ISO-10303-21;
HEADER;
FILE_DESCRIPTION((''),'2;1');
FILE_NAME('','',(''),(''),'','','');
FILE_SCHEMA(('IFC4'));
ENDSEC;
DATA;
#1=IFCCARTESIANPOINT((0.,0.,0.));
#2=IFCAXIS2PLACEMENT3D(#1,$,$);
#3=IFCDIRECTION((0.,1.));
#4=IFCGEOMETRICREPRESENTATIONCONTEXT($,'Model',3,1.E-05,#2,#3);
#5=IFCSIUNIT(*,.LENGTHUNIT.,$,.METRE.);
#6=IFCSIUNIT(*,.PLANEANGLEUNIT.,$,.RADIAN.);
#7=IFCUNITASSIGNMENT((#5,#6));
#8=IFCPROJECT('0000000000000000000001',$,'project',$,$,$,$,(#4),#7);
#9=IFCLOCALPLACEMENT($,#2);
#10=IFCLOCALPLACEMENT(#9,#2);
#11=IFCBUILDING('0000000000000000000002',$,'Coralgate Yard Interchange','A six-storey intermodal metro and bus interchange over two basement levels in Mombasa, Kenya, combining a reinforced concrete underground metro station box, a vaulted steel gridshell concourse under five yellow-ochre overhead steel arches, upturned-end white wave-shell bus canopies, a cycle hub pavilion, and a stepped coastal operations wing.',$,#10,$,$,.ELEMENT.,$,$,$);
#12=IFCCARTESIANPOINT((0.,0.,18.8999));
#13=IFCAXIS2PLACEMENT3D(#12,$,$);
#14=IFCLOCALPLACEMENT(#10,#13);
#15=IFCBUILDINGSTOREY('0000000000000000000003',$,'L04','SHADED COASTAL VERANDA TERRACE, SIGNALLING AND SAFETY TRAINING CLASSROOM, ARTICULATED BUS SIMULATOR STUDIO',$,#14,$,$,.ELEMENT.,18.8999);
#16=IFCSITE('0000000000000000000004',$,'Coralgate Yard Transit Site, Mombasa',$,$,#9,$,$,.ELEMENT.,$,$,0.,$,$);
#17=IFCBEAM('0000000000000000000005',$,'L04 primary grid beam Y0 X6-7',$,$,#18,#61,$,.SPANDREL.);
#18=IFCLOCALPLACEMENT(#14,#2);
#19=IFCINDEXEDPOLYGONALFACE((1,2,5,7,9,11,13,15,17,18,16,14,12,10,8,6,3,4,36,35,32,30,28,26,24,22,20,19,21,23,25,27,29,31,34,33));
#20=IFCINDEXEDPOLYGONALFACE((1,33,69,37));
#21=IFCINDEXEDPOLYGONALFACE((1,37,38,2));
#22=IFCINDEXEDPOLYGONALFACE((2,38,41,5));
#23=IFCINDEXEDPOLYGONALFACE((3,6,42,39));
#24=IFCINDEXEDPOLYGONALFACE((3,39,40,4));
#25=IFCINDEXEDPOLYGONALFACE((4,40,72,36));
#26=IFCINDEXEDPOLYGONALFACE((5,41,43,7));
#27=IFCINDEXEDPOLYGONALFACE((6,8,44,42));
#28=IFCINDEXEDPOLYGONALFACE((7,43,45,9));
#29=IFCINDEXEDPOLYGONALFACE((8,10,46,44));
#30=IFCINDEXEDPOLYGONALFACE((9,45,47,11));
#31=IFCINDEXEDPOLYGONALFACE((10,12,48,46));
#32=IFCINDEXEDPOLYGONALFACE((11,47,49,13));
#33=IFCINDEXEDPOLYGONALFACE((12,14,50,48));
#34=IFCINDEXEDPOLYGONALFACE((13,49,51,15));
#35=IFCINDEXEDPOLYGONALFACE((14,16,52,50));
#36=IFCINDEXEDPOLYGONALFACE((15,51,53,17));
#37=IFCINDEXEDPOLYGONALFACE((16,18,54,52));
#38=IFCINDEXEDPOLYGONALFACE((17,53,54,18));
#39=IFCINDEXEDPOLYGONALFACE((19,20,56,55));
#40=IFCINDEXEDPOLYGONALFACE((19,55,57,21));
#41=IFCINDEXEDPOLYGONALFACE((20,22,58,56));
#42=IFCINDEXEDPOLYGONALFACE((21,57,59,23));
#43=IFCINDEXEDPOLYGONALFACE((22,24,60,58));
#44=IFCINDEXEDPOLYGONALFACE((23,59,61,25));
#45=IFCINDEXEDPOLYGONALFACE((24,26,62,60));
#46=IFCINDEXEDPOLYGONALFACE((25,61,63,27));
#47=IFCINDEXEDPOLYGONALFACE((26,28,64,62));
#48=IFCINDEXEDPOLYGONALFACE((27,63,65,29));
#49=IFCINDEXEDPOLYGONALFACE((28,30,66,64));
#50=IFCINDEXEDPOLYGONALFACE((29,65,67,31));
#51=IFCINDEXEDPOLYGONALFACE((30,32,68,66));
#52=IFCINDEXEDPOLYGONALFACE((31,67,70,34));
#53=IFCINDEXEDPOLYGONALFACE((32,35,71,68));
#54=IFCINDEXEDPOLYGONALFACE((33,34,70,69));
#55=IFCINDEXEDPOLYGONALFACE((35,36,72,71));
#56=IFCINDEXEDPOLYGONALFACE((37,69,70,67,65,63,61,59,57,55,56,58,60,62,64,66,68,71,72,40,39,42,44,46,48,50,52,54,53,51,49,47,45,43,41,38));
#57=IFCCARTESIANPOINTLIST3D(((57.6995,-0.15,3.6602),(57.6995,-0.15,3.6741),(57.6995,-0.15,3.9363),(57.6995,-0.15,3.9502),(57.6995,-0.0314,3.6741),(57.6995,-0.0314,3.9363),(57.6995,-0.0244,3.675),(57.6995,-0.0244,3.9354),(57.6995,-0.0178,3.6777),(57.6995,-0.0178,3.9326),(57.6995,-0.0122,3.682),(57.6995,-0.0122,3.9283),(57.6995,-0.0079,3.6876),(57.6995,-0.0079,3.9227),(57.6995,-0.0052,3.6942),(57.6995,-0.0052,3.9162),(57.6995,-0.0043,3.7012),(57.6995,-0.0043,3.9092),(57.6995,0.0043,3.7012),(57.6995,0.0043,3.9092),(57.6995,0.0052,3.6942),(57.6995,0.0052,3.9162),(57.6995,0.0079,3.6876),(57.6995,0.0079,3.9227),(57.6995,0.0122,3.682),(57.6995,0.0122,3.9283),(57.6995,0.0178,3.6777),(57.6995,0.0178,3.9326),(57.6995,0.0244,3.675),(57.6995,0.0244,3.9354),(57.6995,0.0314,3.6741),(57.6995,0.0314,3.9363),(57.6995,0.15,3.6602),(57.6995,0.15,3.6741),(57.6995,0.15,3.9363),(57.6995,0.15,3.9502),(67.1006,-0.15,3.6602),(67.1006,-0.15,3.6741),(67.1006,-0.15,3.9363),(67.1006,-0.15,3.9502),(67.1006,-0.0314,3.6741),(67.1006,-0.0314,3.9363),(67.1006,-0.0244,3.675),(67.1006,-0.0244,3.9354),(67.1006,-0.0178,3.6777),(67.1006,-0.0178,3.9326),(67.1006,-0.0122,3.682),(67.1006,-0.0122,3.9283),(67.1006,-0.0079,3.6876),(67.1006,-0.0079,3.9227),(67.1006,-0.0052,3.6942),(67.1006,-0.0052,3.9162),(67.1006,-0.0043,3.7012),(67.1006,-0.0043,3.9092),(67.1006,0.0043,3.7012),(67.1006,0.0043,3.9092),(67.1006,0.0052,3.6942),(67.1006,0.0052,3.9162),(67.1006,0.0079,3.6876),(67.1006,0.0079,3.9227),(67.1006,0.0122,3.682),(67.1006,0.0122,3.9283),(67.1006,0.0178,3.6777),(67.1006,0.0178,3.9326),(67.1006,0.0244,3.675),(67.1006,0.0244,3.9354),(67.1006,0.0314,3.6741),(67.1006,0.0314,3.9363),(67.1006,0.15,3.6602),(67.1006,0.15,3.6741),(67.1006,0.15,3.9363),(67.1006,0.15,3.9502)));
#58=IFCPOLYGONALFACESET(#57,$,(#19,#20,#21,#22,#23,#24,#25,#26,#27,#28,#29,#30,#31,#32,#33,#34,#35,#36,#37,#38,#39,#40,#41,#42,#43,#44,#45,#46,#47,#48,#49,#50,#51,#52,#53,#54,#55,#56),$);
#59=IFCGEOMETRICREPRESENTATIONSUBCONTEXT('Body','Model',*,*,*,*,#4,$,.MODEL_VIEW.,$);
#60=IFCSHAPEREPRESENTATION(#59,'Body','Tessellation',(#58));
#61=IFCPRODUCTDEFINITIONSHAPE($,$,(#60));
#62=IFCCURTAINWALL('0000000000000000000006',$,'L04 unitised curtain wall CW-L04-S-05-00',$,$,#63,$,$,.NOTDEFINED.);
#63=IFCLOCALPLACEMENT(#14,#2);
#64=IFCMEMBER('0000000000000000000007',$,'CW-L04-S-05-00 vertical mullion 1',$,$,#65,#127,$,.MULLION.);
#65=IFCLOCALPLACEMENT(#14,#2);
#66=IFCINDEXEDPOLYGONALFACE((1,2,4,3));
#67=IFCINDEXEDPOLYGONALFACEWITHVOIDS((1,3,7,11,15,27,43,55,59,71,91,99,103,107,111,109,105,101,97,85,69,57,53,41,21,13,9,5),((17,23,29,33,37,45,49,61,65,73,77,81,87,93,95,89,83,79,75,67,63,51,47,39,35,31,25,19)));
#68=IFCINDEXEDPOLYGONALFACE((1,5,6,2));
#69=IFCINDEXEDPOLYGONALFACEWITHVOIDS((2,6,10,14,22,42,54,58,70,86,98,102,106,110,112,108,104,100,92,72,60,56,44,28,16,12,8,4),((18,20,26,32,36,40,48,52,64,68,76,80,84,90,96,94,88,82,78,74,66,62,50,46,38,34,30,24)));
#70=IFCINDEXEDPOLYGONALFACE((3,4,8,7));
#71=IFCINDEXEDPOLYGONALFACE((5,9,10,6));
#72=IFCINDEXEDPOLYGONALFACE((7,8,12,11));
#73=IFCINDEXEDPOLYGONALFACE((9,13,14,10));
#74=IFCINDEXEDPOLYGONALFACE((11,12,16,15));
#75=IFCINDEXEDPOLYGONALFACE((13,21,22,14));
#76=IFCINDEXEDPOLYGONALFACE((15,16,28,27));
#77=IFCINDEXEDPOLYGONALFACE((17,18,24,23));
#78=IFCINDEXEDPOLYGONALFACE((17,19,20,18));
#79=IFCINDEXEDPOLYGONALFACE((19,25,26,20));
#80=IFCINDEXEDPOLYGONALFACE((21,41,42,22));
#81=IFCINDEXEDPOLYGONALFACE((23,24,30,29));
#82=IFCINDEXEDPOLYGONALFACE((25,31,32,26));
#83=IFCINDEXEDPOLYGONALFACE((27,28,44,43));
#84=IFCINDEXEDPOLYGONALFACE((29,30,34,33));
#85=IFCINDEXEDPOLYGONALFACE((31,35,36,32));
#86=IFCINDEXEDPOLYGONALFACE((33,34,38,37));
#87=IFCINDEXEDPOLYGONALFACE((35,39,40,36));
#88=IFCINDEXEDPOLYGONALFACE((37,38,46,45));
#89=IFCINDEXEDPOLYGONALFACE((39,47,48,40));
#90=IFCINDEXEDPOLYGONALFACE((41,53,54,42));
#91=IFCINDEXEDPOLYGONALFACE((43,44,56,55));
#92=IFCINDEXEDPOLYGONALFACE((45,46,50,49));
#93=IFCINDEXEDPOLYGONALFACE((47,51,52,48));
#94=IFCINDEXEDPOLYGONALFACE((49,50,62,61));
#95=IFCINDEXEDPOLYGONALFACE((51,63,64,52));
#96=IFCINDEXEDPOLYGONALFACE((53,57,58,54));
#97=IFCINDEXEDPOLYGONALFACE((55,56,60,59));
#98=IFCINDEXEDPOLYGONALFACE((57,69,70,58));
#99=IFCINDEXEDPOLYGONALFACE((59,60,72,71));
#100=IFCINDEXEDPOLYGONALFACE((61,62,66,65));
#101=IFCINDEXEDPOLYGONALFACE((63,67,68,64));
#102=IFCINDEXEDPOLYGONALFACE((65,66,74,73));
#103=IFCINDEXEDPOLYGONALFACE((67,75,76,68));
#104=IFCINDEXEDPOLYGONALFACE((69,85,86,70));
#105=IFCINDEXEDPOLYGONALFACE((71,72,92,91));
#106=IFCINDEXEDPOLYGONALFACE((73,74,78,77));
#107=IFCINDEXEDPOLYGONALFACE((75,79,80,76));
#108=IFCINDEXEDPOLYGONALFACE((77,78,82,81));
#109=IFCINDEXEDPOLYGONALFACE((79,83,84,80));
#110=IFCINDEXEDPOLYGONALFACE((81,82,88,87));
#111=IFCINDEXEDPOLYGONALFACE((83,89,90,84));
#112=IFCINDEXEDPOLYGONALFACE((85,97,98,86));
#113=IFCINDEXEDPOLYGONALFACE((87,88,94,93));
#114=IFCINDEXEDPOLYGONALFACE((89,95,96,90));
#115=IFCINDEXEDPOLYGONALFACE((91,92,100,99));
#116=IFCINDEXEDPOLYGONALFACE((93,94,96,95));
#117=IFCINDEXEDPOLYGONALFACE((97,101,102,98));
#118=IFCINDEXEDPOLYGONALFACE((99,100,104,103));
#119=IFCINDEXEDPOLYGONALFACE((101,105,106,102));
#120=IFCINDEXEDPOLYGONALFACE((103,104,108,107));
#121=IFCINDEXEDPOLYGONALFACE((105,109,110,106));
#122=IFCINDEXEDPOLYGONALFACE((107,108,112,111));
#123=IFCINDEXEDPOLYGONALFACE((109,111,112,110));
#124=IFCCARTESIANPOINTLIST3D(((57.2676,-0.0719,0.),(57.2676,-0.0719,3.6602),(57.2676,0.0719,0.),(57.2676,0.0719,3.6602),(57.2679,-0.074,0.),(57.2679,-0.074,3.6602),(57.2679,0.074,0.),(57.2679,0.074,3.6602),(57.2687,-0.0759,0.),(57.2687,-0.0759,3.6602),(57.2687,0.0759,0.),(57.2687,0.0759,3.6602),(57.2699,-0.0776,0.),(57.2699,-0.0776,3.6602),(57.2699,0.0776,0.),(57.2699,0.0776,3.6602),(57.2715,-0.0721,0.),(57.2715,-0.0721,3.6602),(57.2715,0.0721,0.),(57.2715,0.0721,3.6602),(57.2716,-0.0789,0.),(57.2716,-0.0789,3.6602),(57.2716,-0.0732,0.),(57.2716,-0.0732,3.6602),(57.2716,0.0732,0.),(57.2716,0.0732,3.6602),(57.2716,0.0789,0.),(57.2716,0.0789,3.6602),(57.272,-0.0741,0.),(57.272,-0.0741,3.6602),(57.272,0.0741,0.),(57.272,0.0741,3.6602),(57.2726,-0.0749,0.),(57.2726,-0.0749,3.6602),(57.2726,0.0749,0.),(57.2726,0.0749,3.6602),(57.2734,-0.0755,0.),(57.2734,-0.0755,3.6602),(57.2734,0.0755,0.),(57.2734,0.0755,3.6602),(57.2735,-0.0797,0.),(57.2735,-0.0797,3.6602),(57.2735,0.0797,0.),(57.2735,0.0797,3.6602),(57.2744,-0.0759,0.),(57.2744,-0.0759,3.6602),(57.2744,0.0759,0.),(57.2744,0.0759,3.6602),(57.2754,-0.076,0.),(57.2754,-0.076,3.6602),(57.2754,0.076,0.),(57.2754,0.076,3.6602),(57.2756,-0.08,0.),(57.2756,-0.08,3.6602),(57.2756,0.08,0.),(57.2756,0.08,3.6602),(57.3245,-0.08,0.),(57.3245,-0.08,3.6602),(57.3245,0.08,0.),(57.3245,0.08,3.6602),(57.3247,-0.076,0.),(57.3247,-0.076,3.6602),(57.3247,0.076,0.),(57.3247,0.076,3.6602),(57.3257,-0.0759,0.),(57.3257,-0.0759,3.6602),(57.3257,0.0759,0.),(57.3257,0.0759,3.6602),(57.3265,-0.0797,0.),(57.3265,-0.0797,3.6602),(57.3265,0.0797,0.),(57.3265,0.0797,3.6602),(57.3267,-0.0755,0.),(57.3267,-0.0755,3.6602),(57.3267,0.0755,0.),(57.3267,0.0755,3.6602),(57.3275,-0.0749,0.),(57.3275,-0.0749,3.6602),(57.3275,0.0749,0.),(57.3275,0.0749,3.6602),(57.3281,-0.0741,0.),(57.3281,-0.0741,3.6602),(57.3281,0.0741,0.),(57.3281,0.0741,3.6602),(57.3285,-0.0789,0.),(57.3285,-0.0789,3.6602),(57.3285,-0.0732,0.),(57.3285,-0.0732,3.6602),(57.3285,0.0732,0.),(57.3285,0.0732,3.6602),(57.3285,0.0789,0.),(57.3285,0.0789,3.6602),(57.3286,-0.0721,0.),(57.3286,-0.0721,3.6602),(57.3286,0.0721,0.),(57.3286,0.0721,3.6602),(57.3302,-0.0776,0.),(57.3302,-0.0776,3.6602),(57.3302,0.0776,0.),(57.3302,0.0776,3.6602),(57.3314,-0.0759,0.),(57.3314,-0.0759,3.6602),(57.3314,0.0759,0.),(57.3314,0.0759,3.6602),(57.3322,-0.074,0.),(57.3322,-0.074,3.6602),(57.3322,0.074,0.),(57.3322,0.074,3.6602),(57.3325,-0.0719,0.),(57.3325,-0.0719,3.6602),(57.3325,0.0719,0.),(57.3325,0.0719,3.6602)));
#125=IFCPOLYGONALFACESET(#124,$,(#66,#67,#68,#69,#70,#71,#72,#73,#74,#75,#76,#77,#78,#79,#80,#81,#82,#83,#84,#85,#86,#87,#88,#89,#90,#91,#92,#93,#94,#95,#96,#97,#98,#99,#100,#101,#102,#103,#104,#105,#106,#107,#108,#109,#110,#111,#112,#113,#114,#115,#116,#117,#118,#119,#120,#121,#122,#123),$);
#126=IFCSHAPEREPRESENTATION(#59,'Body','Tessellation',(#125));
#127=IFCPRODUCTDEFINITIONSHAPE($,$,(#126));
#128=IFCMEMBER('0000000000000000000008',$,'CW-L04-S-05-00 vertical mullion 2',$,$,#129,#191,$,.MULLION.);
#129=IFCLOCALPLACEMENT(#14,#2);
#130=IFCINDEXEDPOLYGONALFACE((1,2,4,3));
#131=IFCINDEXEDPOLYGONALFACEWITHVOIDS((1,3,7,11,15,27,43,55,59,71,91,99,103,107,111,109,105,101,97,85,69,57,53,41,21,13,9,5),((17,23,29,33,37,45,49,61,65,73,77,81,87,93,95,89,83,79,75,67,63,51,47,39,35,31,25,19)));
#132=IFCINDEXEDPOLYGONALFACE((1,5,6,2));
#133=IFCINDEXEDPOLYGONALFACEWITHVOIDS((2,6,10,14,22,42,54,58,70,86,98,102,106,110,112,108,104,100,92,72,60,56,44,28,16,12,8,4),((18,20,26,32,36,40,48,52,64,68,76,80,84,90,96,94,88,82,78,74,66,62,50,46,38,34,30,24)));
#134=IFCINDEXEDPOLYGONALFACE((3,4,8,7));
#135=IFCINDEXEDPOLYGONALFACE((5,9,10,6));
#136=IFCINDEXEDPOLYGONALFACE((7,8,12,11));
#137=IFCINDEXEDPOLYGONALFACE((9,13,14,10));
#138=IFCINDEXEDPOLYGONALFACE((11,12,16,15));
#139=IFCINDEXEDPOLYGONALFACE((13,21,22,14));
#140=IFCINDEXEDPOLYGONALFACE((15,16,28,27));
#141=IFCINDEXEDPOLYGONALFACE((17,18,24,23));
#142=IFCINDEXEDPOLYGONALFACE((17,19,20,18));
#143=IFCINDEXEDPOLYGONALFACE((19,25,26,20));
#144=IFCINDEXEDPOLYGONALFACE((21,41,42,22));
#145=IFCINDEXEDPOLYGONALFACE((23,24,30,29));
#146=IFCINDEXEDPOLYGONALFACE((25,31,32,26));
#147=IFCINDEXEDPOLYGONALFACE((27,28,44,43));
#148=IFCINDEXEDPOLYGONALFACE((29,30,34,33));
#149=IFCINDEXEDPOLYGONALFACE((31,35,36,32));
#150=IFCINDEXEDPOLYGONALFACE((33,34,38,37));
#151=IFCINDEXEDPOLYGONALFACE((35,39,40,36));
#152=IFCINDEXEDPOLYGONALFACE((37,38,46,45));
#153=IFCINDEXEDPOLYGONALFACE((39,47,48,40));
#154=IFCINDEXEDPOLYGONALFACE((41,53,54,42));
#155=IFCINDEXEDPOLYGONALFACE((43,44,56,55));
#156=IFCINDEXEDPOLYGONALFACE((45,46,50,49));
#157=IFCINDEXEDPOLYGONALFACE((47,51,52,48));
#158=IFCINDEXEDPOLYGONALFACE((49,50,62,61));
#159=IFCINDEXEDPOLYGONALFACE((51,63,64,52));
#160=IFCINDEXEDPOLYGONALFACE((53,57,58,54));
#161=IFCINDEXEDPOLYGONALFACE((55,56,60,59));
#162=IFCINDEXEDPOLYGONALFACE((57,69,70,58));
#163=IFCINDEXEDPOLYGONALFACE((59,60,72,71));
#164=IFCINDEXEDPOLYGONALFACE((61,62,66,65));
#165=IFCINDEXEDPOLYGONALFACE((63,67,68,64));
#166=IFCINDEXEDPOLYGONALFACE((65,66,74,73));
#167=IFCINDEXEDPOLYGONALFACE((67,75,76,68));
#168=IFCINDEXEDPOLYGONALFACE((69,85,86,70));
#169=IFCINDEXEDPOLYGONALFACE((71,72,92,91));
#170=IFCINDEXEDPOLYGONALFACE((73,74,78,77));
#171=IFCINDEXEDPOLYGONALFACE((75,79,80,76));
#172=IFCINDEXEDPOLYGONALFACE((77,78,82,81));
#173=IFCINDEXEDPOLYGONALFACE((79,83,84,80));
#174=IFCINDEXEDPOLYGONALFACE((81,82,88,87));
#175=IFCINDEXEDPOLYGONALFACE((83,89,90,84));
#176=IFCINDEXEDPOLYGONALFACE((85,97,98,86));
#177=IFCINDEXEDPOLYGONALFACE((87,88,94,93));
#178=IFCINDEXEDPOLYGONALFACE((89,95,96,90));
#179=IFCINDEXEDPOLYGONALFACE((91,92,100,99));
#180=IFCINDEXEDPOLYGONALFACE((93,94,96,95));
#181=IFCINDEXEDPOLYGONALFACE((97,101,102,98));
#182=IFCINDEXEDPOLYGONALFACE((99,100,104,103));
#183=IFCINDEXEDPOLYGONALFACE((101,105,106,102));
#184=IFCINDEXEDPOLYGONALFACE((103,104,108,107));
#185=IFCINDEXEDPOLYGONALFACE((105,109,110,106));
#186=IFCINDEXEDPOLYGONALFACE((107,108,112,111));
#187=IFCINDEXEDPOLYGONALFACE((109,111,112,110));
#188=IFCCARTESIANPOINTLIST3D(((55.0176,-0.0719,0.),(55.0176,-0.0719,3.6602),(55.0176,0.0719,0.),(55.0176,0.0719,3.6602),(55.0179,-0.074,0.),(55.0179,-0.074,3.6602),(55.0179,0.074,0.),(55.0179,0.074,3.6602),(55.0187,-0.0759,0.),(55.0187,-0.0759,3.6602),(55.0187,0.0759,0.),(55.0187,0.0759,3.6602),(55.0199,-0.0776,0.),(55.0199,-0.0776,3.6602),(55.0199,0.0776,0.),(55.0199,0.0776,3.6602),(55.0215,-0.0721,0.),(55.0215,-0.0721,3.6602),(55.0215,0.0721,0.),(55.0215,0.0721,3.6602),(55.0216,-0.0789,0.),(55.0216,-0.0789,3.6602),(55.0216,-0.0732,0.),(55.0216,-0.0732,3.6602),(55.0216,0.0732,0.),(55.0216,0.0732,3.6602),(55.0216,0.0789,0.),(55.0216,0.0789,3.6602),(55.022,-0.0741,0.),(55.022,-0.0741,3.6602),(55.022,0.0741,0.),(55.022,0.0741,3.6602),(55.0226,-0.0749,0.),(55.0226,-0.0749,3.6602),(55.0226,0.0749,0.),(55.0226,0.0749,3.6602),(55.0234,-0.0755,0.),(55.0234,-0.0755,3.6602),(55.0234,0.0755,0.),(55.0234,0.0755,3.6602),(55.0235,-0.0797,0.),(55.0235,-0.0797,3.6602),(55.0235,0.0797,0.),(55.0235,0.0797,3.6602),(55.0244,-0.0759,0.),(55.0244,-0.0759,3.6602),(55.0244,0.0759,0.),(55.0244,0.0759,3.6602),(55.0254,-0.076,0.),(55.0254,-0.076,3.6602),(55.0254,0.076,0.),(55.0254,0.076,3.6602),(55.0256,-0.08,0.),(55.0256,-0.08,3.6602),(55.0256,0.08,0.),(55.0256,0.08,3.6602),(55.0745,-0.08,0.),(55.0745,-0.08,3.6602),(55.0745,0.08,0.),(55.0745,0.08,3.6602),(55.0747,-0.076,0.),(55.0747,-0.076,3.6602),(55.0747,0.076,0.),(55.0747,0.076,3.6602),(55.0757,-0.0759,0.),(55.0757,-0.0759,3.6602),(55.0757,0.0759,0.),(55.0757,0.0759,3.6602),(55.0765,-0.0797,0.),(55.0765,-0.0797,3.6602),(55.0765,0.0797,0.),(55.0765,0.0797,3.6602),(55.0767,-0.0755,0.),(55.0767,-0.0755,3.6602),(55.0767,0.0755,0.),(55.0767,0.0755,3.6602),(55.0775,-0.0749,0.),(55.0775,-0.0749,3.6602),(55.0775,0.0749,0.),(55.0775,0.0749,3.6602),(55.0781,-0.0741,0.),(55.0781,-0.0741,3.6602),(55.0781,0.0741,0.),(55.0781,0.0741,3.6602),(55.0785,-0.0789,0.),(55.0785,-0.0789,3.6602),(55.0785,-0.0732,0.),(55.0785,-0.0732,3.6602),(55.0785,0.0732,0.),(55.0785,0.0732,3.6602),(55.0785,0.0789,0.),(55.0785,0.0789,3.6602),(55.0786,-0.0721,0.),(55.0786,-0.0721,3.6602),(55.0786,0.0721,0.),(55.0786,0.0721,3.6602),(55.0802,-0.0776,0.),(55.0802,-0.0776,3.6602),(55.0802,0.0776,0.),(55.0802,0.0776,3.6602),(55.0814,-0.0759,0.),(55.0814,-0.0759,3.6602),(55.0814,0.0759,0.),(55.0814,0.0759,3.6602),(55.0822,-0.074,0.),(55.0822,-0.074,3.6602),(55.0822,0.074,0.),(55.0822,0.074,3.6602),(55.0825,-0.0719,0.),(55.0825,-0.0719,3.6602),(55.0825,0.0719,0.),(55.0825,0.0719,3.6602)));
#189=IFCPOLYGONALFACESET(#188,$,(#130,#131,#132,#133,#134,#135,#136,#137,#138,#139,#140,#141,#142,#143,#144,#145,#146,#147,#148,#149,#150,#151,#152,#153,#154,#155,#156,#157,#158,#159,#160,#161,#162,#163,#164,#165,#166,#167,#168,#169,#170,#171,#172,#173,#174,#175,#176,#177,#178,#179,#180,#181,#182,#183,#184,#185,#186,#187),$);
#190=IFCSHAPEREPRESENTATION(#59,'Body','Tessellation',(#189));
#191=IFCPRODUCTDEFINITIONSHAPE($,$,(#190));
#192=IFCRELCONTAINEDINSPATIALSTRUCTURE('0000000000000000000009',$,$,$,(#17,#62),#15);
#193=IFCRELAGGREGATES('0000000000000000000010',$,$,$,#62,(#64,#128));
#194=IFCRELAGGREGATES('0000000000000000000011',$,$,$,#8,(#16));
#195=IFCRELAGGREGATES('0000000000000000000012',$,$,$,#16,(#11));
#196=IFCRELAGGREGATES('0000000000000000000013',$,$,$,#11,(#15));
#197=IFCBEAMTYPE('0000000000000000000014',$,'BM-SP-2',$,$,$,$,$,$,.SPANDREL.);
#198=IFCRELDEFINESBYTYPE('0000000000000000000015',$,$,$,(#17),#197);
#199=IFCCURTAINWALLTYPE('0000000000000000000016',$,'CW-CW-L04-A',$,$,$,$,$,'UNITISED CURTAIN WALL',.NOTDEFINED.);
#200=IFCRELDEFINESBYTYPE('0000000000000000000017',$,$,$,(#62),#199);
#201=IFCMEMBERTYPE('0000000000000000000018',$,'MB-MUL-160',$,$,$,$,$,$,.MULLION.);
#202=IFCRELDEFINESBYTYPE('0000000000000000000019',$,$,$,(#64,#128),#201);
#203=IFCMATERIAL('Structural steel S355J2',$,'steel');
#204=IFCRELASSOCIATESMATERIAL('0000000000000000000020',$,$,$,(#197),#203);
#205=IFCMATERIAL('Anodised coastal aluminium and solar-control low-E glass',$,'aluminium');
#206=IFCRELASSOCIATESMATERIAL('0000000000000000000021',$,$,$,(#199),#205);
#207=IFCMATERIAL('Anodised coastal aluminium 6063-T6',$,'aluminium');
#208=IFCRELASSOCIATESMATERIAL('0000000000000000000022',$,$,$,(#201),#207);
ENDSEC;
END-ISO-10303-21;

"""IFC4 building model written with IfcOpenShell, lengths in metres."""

from ifc_helpers import new_model, si_unit, direction, frame, origin, origin_2d, place, context, subcontext, project, spatial, hollow_rectangle, i_section, extrude, material, material_profile, profile_set, type_object, element, aggregate, save


model = new_model("IFC4")

# Units and contexts
model_context = context("Model", 3, precision=1e-05, world=origin(), true_north=direction((0.0, 1.0)))
body_context = subcontext(model_context, "Body", "Model", "MODEL_VIEW")
ifc_project = project(units=[si_unit("LENGTHUNIT", "METRE"), si_unit("PLANEANGLEUNIT", "RADIAN")], contexts=[model_context])

# Site, building, storey
site_placement = place(None, origin())
site = spatial("IfcSite", under=ifc_project, at=site_placement, Name="Coralgate Yard Transit Site, Mombasa", CompositionType="ELEMENT", RefElevation=0.0)
building_placement = place(site_placement, origin())
building = spatial("IfcBuilding", under=site, at=building_placement, Name="Coralgate Yard Interchange", Description="A six-storey intermodal metro and bus interchange over two basement levels in Mombasa, Kenya, combining a reinforced concrete underground metro station box, a vaulted steel gridshell concourse under five yellow-ochre overhead steel arches, upturned-end white wave-shell bus canopies, a cycle hub pavilion, and a stepped coastal operations wing.", CompositionType="ELEMENT")
storey_placement = place(building_placement, frame((0.0, 0.0, 18.8999)))
storey = spatial("IfcBuildingStorey", under=building, at=storey_placement, Name="L04", Description="SHADED COASTAL VERANDA TERRACE, SIGNALLING AND SAFETY TRAINING CLASSROOM, ARTICULATED BUS SIMULATOR STUDIO", CompositionType="ELEMENT", Elevation=18.8999)

# Shared definitions
ifc_material_1 = material(Name="Structural steel S355J2", Category="steel")

# Beam
ifc_material_profile_1 = material_profile(ifc_material_1, i_section(OverallWidth=0.3, OverallDepth=0.29, WebThickness=0.0085, FlangeThickness=0.0139, FilletRadius=0.0271, at=origin_2d()), Name="HEA 300")
ifc_profile_set_1 = profile_set([ifc_material_profile_1], Name="Structural steel S355J2")
beam_type_1 = type_object("IfcBeamType", Name="BM-SP-2", PredefinedType="SPANDREL", material=ifc_profile_set_1)
beam_1_placement = place(storey_placement, frame((57.6995, 0.0, 3.8052), z_axis=(1.0, 0.0, 0.0), x_axis=(0.0, 1.0, 0.0)))
element("IfcBeam", 1, at=beam_1_placement, inside=storey, type_object=beam_type_1, Name="L04 primary grid beam Y0 X6-7", PredefinedType="SPANDREL", context=body_context, shape_type="SweptSolid", body=[
    extrude(i_section(OverallWidth=0.3, OverallDepth=0.29, WebThickness=0.0085, FlangeThickness=0.0139, FilletRadius=0.0271, at=origin_2d()), origin(), (0.0, 0.0, 1.0), 9.4011),
])

# Curtain wall, members
ifc_material_2 = material(Name="Anodised coastal aluminium and solar-control low-E glass", Category="aluminium")
curtain_wall_type = type_object("IfcCurtainWallType", Name="CW-CW-L04-A", ElementType="UNITISED CURTAIN WALL", PredefinedType="NOTDEFINED", material=ifc_material_2)
curtain_wall_1_placement = place(storey_placement, origin())
curtain_wall_1 = element("IfcCurtainWall", 2, at=curtain_wall_1_placement, inside=storey, type_object=curtain_wall_type, Name="L04 unitised curtain wall CW-L04-S-05-00", PredefinedType="NOTDEFINED")
ifc_material_3 = material(Name="Anodised coastal aluminium 6063-T6", Category="aluminium")
ifc_material_profile_2 = material_profile(ifc_material_3, hollow_rectangle(XDim=0.0649, YDim=0.1599, WallThickness=0.0039, InnerFilletRadius=0.0039, OuterFilletRadius=0.0081, at=origin_2d()), Name="ALU 65x160x4")
ifc_profile_set_2 = profile_set([ifc_material_profile_2], Name="Anodised coastal aluminium 6063-T6")
member_type_1 = type_object("IfcMemberType", Name="MB-MUL-160", PredefinedType="MULLION", material=ifc_profile_set_2)
member_1_placement = place(storey_placement, frame((57.3, 0.0, 0.0), z_axis=(0.0, 0.0, 1.0), x_axis=(1.0, 0.0, 0.0)))
member_1 = element("IfcMember", 3, at=member_1_placement, type_object=member_type_1, Name="CW-L04-S-05-00 vertical mullion 1", PredefinedType="MULLION", context=body_context, shape_type="SweptSolid", body=[
    extrude(hollow_rectangle(XDim=0.0649, YDim=0.1599, WallThickness=0.0039, InnerFilletRadius=0.0039, OuterFilletRadius=0.0081, at=origin_2d()), origin(), (0.0, 0.0, 1.0), 3.6602),
])
member_2_placement = place(storey_placement, frame((55.05, 0.0, 0.0), z_axis=(0.0, 0.0, 1.0), x_axis=(1.0, 0.0, 0.0)))
member_2 = element("IfcMember", 4, at=member_2_placement, type_object=member_type_1, Name="CW-L04-S-05-00 vertical mullion 2", PredefinedType="MULLION", context=body_context, shape_type="SweptSolid", body=[
    extrude(hollow_rectangle(XDim=0.0649, YDim=0.1599, WallThickness=0.0039, InnerFilletRadius=0.0039, OuterFilletRadius=0.0081, at=origin_2d()), origin(), (0.0, 0.0, 1.0), 3.6602),
])

aggregate(curtain_wall_1, [member_1, member_2])

save(model, "model.ifc")
